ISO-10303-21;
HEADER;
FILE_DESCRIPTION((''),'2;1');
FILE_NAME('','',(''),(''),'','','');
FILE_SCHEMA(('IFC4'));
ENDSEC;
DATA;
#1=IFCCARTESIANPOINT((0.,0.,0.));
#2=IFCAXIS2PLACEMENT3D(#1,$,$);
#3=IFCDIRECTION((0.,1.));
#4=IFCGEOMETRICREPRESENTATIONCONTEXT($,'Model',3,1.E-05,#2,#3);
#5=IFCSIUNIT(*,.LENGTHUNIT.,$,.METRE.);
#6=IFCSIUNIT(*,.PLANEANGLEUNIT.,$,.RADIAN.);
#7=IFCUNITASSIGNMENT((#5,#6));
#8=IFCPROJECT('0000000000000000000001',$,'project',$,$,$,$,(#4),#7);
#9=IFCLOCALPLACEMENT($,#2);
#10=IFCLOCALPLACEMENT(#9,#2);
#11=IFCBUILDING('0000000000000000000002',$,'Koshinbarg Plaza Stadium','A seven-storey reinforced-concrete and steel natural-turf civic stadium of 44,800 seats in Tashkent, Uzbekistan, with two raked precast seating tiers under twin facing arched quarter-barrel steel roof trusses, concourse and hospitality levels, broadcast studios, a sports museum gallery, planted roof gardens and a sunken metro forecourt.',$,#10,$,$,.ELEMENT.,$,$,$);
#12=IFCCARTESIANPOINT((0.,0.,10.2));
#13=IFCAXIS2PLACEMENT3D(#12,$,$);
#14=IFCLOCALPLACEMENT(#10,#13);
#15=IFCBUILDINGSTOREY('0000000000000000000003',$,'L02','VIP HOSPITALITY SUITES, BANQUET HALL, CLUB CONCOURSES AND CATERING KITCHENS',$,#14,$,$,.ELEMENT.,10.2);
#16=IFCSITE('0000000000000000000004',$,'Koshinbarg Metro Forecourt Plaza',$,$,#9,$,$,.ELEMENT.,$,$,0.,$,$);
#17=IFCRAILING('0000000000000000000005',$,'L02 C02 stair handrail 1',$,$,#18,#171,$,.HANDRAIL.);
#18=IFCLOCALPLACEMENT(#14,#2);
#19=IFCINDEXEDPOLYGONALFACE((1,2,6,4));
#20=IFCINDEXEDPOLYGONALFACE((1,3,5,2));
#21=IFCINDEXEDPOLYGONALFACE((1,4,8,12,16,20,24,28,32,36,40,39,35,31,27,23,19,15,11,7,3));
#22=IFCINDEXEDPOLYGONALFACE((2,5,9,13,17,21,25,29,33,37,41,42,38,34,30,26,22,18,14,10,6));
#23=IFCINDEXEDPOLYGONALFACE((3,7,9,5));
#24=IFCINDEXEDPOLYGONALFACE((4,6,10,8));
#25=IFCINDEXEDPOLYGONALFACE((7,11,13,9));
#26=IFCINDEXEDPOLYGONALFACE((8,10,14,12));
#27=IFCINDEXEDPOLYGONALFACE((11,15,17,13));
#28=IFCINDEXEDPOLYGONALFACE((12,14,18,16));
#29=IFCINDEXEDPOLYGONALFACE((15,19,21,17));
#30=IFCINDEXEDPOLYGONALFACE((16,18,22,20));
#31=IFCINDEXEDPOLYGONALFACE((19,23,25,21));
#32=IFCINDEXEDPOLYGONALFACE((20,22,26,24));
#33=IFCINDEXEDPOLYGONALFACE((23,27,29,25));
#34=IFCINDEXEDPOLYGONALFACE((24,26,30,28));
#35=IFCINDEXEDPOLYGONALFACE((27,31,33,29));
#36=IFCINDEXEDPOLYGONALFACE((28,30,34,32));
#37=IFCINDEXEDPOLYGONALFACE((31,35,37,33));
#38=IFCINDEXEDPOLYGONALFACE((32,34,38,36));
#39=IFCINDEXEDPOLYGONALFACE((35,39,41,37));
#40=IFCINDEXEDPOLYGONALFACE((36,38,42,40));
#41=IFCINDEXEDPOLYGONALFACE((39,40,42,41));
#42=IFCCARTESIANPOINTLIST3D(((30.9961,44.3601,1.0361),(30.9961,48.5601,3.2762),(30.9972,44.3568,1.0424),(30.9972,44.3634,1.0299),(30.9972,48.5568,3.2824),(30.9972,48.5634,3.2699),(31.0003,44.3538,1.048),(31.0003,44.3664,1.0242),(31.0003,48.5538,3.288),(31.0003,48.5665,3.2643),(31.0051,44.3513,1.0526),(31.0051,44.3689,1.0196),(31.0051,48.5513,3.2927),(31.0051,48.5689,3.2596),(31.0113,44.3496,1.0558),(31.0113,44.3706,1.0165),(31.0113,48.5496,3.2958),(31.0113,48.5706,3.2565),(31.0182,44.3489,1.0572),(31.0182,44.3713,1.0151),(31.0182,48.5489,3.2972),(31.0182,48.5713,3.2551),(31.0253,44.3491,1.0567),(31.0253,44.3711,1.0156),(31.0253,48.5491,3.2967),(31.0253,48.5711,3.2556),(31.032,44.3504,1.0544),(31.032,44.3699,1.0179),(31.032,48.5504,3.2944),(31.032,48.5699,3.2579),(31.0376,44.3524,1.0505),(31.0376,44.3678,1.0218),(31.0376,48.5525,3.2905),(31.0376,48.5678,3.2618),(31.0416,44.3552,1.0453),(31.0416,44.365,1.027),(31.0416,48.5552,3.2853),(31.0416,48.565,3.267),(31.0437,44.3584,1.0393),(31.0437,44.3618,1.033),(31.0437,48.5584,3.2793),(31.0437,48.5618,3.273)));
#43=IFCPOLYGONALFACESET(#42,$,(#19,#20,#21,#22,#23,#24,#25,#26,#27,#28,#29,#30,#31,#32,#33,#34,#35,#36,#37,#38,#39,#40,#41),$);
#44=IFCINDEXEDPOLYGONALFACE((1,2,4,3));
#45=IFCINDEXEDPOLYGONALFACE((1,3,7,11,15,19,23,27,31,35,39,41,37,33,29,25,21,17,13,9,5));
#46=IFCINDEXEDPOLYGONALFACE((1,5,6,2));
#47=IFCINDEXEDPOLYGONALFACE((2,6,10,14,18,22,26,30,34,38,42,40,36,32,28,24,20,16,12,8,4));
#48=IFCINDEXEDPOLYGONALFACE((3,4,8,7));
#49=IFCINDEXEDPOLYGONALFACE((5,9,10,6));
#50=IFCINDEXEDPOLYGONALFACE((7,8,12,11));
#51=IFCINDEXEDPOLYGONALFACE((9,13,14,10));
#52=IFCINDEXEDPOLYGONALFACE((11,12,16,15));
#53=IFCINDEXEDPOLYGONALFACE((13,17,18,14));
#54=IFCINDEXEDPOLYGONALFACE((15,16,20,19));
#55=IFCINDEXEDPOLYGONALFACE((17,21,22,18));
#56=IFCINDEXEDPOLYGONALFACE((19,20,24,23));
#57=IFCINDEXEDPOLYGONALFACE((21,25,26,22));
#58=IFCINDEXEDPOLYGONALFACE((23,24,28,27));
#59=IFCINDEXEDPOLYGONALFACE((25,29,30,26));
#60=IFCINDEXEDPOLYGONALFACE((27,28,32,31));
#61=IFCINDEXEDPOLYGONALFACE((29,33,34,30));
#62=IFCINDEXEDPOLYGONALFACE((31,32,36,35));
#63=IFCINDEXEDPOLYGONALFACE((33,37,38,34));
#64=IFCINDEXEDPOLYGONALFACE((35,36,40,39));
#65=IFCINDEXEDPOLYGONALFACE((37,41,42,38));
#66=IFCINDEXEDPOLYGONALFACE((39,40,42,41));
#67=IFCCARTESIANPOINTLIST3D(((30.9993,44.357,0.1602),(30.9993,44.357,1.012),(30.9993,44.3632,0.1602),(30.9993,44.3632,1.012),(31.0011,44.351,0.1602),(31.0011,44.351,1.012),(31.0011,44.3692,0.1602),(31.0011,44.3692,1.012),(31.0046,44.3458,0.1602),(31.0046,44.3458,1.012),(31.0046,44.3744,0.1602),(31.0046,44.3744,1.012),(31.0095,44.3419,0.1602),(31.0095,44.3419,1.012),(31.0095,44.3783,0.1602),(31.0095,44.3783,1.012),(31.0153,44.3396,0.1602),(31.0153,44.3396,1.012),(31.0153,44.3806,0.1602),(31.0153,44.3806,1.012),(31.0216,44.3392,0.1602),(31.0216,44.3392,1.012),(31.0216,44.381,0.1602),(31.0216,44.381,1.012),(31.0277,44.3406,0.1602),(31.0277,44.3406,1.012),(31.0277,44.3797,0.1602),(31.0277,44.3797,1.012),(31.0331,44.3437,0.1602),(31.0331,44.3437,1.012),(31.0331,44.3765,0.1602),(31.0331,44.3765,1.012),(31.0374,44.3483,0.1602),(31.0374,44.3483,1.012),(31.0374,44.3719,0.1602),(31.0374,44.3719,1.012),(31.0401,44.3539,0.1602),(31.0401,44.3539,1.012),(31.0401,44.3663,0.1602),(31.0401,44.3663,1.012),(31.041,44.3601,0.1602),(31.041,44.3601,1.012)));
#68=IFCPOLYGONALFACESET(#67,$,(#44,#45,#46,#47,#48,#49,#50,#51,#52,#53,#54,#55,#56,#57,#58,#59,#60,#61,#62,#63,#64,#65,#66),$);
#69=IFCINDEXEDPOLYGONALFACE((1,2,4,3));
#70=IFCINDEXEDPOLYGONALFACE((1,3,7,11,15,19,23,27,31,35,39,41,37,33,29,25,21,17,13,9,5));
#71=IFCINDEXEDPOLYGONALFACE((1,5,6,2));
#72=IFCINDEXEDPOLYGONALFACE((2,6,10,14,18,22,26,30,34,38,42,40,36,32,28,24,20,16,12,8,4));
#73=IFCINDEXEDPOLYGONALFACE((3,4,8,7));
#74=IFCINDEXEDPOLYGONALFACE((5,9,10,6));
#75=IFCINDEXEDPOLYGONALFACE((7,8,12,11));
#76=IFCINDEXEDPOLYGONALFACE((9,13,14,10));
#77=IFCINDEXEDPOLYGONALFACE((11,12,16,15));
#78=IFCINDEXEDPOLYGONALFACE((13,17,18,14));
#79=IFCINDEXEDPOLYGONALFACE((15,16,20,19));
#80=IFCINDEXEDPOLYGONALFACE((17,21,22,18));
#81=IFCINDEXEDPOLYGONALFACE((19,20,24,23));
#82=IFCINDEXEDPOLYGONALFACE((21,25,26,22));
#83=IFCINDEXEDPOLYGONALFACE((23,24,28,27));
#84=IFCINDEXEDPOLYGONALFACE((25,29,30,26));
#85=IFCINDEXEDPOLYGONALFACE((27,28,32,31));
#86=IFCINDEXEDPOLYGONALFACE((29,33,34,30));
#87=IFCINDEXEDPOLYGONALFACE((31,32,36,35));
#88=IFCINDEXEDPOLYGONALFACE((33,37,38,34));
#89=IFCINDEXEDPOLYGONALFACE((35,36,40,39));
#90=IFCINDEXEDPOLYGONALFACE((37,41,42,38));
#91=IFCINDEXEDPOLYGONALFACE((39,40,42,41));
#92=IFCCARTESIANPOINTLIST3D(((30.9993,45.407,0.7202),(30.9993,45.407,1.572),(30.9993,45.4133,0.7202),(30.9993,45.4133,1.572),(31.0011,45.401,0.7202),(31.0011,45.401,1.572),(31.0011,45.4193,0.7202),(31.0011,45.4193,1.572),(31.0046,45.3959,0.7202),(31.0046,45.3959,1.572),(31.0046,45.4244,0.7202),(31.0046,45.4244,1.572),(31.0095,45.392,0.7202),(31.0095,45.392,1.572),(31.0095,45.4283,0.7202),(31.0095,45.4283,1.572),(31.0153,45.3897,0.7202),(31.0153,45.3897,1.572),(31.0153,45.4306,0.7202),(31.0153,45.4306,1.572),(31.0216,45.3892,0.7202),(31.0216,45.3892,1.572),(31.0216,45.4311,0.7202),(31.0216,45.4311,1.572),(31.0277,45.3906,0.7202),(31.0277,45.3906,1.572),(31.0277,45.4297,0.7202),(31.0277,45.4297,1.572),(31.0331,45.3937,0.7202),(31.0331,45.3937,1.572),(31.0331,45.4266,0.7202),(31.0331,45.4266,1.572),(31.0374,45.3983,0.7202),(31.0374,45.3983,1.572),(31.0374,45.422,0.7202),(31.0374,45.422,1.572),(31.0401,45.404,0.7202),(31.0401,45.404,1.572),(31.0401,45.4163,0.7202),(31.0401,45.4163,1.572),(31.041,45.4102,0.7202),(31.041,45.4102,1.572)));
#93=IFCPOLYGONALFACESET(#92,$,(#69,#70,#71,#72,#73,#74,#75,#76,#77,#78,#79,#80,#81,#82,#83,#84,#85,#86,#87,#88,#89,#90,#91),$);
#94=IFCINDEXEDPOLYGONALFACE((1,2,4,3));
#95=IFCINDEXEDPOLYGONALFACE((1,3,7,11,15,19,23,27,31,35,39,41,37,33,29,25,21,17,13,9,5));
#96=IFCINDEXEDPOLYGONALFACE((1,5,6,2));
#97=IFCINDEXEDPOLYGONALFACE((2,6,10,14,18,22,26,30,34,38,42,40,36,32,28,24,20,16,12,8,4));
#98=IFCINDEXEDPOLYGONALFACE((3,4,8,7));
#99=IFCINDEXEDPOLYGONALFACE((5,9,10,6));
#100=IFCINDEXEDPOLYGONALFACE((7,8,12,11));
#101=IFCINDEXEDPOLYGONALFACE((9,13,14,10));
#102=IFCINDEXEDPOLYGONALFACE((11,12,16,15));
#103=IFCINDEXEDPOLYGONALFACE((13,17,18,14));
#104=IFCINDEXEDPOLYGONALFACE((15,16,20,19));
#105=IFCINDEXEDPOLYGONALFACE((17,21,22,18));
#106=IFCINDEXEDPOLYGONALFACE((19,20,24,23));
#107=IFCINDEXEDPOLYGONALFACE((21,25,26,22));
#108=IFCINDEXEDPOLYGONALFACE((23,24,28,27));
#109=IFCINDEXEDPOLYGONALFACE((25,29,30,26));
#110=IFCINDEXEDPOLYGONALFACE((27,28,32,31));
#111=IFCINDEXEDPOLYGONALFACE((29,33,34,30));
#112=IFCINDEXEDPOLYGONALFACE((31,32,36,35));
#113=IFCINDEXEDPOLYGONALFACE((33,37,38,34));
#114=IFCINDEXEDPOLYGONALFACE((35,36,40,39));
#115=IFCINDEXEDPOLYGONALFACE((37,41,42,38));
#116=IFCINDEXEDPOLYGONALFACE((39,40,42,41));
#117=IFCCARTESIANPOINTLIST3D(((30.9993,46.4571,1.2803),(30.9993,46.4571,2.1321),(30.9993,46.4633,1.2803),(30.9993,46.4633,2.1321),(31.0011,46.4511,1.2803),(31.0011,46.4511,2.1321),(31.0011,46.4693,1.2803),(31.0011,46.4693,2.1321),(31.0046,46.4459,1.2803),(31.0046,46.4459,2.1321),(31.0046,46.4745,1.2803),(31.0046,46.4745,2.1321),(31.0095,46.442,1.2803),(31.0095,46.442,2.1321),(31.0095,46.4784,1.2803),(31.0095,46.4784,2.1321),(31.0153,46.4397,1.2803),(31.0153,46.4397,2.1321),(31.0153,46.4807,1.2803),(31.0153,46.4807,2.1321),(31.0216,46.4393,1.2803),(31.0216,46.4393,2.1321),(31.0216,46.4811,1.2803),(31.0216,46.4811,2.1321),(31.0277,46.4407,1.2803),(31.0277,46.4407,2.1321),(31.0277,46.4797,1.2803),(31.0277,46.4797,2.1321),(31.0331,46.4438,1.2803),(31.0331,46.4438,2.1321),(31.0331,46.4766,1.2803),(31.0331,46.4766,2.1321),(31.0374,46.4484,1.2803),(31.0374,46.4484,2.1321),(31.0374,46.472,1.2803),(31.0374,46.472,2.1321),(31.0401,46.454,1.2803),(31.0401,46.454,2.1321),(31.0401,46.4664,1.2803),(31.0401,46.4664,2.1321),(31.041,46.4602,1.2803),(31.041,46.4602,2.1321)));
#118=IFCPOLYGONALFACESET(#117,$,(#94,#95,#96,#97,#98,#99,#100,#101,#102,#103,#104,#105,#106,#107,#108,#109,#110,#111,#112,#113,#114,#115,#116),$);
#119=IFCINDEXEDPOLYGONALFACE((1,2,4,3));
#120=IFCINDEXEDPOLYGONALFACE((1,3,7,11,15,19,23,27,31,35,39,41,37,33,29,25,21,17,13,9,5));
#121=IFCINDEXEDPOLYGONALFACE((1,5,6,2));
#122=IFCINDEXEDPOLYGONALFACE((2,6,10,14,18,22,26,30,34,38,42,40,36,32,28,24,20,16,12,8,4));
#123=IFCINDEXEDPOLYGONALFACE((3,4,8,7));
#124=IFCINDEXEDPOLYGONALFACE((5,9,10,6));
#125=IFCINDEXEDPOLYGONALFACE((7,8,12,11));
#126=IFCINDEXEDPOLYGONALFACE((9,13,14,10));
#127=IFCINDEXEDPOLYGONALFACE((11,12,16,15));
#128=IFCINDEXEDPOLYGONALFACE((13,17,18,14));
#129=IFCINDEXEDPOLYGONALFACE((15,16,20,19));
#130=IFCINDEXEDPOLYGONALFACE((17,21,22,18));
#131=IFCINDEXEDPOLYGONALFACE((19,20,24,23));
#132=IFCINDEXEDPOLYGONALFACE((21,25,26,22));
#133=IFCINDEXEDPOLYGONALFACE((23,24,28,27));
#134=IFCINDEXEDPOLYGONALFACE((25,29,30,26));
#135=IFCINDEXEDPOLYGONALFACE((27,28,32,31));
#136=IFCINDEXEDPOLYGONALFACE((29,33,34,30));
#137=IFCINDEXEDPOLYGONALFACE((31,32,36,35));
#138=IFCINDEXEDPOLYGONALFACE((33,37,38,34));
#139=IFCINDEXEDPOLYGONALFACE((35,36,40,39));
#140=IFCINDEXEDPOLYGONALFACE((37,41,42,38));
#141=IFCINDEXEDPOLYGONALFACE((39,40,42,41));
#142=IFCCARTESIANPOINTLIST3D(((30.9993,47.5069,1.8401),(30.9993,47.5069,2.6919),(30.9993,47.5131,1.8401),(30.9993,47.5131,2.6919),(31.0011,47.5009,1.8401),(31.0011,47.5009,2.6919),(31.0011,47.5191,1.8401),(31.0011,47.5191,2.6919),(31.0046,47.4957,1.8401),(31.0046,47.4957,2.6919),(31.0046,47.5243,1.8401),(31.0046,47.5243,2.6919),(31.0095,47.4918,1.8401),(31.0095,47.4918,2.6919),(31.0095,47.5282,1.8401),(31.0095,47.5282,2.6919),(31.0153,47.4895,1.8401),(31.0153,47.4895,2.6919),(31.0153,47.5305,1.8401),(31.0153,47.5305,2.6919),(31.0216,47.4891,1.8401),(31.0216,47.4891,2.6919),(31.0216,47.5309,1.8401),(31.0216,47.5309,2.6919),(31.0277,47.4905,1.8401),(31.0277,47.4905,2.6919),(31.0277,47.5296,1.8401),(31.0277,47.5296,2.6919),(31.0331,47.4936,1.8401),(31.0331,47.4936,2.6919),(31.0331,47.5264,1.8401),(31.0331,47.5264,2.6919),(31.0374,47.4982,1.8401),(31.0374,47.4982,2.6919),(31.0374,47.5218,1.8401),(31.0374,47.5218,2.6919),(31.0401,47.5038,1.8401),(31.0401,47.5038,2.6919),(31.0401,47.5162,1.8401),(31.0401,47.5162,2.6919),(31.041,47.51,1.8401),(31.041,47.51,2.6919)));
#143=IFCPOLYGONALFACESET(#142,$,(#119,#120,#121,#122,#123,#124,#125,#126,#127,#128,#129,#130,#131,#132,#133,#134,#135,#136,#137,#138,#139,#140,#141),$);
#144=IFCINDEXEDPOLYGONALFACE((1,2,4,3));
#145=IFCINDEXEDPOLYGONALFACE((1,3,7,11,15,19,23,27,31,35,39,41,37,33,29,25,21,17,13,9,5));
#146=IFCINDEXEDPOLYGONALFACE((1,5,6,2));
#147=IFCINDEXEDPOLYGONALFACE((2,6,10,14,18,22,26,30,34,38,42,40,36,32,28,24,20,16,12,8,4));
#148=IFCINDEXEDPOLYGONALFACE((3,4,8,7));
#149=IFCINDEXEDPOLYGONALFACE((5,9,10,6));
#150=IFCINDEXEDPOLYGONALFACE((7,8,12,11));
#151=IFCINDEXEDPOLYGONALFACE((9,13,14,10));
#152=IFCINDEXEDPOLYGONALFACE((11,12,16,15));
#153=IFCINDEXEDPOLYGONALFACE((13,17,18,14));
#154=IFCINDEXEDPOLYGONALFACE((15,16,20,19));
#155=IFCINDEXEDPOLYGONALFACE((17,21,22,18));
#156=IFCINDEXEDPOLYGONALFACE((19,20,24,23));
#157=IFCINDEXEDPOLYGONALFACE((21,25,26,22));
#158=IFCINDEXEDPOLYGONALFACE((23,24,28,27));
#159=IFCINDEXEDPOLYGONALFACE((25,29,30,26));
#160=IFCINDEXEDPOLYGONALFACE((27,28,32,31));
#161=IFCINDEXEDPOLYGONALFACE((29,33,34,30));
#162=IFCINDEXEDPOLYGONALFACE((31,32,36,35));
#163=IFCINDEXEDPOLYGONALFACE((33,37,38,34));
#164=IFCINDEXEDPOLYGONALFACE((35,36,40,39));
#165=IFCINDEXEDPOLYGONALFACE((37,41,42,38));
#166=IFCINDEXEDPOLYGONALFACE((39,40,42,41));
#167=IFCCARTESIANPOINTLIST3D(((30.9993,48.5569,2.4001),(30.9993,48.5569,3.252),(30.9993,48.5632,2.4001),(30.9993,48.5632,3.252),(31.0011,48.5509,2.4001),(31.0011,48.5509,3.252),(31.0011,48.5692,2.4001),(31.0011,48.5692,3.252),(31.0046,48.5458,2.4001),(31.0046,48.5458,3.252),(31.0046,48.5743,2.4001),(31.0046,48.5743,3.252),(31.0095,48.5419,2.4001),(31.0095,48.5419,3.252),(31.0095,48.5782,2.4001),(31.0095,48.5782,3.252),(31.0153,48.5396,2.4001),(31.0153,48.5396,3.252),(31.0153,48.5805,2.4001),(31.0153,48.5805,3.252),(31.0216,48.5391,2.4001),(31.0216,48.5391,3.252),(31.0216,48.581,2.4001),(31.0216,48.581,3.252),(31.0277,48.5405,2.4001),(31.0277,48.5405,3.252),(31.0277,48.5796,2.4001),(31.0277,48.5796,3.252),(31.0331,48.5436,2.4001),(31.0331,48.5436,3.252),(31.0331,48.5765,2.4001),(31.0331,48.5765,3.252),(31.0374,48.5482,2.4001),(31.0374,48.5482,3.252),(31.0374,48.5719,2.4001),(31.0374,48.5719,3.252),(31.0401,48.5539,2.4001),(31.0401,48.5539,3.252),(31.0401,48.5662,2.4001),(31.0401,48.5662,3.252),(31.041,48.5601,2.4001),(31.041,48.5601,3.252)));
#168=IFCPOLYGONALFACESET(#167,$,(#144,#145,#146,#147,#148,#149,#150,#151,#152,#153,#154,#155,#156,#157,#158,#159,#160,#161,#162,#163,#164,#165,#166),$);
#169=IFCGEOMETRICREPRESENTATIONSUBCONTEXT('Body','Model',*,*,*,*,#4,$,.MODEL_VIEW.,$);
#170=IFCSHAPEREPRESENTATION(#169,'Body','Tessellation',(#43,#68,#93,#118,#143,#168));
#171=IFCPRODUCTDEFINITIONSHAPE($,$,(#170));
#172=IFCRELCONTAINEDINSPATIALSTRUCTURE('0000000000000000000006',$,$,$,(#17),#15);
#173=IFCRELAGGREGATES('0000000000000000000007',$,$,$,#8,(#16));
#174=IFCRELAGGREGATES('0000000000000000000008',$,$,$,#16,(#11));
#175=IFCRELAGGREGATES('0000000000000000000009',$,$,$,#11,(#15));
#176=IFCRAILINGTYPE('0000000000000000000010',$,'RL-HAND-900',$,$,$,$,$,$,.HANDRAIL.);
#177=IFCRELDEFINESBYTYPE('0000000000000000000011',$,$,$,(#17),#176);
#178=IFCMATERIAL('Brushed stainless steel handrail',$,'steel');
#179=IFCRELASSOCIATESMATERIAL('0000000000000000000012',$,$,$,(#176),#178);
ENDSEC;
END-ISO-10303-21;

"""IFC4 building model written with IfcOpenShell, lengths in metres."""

from ifc_helpers import new_model, si_unit, direction, frame, origin, origin_2d, place, context, subcontext, project, spatial, circle, extrude, material, type_object, element, save


model = new_model("IFC4")

# Units and contexts
model_context = context("Model", 3, precision=1e-05, world=origin(), true_north=direction((0.0, 1.0)))
body_context = subcontext(model_context, "Body", "Model", "MODEL_VIEW")
ifc_project = project(units=[si_unit("LENGTHUNIT", "METRE"), si_unit("PLANEANGLEUNIT", "RADIAN")], contexts=[model_context])

# Site, building, storey
site_placement = place(None, origin())
site = spatial("IfcSite", under=ifc_project, at=site_placement, Name="Koshinbarg Metro Forecourt Plaza", CompositionType="ELEMENT", RefElevation=0.0)
building_placement = place(site_placement, origin())
building = spatial("IfcBuilding", under=site, at=building_placement, Name="Koshinbarg Plaza Stadium", Description="A seven-storey reinforced-concrete and steel natural-turf civic stadium of 44,800 seats in Tashkent, Uzbekistan, with two raked precast seating tiers under twin facing arched quarter-barrel steel roof trusses, concourse and hospitality levels, broadcast studios, a sports museum gallery, planted roof gardens and a sunken metro forecourt.", CompositionType="ELEMENT")
storey_placement = place(building_placement, frame((0.0, 0.0, 10.2)))
storey = spatial("IfcBuildingStorey", under=building, at=storey_placement, Name="L02", Description="VIP HOSPITALITY SUITES, BANQUET HALL, CLUB CONCOURSES AND CATERING KITCHENS", CompositionType="ELEMENT", Elevation=10.2)

# Railing
ifc_material_1 = material(Name="Brushed stainless steel handrail", Category="steel")
railing_type = type_object("IfcRailingType", Name="RL-HAND-900", PredefinedType="HANDRAIL", material=ifc_material_1)
railing_placement = place(storey_placement, frame((31.02, 44.3601, 0.1602)))
element("IfcRailing", 1, at=railing_placement, inside=storey, type_object=railing_type, Name="L02 C02 stair handrail 1", PredefinedType="HANDRAIL", context=body_context, shape_type="SweptSolid", body=[
    extrude(circle(Radius=0.0239, at=origin_2d()), frame((0.0, 0.0, 0.876), z_axis=(0.0, 0.882352, 0.470591), x_axis=(-1.0, 0.0, 0.0)), (0.0, 0.0, 1.0), 4.76),
    extrude(circle(Radius=0.021, at=origin_2d()), origin(), (0.0, 0.0, 1.0), 0.8518),
    extrude(circle(Radius=0.021, at=origin_2d()), frame((0.0, 1.05, 0.5601)), (0.0, 0.0, 1.0), 0.8518),
    extrude(circle(Radius=0.021, at=origin_2d()), frame((0.0, 2.1001, 1.1201)), (0.0, 0.0, 1.0), 0.8518),
    extrude(circle(Radius=0.021, at=origin_2d()), frame((0.0, 3.1499, 1.6799)), (0.0, 0.0, 1.0), 0.8518),
    extrude(circle(Radius=0.021, at=origin_2d()), frame((0.0, 4.2, 2.24)), (0.0, 0.0, 1.0), 0.8518),
])

save(model, "model.ifc")
